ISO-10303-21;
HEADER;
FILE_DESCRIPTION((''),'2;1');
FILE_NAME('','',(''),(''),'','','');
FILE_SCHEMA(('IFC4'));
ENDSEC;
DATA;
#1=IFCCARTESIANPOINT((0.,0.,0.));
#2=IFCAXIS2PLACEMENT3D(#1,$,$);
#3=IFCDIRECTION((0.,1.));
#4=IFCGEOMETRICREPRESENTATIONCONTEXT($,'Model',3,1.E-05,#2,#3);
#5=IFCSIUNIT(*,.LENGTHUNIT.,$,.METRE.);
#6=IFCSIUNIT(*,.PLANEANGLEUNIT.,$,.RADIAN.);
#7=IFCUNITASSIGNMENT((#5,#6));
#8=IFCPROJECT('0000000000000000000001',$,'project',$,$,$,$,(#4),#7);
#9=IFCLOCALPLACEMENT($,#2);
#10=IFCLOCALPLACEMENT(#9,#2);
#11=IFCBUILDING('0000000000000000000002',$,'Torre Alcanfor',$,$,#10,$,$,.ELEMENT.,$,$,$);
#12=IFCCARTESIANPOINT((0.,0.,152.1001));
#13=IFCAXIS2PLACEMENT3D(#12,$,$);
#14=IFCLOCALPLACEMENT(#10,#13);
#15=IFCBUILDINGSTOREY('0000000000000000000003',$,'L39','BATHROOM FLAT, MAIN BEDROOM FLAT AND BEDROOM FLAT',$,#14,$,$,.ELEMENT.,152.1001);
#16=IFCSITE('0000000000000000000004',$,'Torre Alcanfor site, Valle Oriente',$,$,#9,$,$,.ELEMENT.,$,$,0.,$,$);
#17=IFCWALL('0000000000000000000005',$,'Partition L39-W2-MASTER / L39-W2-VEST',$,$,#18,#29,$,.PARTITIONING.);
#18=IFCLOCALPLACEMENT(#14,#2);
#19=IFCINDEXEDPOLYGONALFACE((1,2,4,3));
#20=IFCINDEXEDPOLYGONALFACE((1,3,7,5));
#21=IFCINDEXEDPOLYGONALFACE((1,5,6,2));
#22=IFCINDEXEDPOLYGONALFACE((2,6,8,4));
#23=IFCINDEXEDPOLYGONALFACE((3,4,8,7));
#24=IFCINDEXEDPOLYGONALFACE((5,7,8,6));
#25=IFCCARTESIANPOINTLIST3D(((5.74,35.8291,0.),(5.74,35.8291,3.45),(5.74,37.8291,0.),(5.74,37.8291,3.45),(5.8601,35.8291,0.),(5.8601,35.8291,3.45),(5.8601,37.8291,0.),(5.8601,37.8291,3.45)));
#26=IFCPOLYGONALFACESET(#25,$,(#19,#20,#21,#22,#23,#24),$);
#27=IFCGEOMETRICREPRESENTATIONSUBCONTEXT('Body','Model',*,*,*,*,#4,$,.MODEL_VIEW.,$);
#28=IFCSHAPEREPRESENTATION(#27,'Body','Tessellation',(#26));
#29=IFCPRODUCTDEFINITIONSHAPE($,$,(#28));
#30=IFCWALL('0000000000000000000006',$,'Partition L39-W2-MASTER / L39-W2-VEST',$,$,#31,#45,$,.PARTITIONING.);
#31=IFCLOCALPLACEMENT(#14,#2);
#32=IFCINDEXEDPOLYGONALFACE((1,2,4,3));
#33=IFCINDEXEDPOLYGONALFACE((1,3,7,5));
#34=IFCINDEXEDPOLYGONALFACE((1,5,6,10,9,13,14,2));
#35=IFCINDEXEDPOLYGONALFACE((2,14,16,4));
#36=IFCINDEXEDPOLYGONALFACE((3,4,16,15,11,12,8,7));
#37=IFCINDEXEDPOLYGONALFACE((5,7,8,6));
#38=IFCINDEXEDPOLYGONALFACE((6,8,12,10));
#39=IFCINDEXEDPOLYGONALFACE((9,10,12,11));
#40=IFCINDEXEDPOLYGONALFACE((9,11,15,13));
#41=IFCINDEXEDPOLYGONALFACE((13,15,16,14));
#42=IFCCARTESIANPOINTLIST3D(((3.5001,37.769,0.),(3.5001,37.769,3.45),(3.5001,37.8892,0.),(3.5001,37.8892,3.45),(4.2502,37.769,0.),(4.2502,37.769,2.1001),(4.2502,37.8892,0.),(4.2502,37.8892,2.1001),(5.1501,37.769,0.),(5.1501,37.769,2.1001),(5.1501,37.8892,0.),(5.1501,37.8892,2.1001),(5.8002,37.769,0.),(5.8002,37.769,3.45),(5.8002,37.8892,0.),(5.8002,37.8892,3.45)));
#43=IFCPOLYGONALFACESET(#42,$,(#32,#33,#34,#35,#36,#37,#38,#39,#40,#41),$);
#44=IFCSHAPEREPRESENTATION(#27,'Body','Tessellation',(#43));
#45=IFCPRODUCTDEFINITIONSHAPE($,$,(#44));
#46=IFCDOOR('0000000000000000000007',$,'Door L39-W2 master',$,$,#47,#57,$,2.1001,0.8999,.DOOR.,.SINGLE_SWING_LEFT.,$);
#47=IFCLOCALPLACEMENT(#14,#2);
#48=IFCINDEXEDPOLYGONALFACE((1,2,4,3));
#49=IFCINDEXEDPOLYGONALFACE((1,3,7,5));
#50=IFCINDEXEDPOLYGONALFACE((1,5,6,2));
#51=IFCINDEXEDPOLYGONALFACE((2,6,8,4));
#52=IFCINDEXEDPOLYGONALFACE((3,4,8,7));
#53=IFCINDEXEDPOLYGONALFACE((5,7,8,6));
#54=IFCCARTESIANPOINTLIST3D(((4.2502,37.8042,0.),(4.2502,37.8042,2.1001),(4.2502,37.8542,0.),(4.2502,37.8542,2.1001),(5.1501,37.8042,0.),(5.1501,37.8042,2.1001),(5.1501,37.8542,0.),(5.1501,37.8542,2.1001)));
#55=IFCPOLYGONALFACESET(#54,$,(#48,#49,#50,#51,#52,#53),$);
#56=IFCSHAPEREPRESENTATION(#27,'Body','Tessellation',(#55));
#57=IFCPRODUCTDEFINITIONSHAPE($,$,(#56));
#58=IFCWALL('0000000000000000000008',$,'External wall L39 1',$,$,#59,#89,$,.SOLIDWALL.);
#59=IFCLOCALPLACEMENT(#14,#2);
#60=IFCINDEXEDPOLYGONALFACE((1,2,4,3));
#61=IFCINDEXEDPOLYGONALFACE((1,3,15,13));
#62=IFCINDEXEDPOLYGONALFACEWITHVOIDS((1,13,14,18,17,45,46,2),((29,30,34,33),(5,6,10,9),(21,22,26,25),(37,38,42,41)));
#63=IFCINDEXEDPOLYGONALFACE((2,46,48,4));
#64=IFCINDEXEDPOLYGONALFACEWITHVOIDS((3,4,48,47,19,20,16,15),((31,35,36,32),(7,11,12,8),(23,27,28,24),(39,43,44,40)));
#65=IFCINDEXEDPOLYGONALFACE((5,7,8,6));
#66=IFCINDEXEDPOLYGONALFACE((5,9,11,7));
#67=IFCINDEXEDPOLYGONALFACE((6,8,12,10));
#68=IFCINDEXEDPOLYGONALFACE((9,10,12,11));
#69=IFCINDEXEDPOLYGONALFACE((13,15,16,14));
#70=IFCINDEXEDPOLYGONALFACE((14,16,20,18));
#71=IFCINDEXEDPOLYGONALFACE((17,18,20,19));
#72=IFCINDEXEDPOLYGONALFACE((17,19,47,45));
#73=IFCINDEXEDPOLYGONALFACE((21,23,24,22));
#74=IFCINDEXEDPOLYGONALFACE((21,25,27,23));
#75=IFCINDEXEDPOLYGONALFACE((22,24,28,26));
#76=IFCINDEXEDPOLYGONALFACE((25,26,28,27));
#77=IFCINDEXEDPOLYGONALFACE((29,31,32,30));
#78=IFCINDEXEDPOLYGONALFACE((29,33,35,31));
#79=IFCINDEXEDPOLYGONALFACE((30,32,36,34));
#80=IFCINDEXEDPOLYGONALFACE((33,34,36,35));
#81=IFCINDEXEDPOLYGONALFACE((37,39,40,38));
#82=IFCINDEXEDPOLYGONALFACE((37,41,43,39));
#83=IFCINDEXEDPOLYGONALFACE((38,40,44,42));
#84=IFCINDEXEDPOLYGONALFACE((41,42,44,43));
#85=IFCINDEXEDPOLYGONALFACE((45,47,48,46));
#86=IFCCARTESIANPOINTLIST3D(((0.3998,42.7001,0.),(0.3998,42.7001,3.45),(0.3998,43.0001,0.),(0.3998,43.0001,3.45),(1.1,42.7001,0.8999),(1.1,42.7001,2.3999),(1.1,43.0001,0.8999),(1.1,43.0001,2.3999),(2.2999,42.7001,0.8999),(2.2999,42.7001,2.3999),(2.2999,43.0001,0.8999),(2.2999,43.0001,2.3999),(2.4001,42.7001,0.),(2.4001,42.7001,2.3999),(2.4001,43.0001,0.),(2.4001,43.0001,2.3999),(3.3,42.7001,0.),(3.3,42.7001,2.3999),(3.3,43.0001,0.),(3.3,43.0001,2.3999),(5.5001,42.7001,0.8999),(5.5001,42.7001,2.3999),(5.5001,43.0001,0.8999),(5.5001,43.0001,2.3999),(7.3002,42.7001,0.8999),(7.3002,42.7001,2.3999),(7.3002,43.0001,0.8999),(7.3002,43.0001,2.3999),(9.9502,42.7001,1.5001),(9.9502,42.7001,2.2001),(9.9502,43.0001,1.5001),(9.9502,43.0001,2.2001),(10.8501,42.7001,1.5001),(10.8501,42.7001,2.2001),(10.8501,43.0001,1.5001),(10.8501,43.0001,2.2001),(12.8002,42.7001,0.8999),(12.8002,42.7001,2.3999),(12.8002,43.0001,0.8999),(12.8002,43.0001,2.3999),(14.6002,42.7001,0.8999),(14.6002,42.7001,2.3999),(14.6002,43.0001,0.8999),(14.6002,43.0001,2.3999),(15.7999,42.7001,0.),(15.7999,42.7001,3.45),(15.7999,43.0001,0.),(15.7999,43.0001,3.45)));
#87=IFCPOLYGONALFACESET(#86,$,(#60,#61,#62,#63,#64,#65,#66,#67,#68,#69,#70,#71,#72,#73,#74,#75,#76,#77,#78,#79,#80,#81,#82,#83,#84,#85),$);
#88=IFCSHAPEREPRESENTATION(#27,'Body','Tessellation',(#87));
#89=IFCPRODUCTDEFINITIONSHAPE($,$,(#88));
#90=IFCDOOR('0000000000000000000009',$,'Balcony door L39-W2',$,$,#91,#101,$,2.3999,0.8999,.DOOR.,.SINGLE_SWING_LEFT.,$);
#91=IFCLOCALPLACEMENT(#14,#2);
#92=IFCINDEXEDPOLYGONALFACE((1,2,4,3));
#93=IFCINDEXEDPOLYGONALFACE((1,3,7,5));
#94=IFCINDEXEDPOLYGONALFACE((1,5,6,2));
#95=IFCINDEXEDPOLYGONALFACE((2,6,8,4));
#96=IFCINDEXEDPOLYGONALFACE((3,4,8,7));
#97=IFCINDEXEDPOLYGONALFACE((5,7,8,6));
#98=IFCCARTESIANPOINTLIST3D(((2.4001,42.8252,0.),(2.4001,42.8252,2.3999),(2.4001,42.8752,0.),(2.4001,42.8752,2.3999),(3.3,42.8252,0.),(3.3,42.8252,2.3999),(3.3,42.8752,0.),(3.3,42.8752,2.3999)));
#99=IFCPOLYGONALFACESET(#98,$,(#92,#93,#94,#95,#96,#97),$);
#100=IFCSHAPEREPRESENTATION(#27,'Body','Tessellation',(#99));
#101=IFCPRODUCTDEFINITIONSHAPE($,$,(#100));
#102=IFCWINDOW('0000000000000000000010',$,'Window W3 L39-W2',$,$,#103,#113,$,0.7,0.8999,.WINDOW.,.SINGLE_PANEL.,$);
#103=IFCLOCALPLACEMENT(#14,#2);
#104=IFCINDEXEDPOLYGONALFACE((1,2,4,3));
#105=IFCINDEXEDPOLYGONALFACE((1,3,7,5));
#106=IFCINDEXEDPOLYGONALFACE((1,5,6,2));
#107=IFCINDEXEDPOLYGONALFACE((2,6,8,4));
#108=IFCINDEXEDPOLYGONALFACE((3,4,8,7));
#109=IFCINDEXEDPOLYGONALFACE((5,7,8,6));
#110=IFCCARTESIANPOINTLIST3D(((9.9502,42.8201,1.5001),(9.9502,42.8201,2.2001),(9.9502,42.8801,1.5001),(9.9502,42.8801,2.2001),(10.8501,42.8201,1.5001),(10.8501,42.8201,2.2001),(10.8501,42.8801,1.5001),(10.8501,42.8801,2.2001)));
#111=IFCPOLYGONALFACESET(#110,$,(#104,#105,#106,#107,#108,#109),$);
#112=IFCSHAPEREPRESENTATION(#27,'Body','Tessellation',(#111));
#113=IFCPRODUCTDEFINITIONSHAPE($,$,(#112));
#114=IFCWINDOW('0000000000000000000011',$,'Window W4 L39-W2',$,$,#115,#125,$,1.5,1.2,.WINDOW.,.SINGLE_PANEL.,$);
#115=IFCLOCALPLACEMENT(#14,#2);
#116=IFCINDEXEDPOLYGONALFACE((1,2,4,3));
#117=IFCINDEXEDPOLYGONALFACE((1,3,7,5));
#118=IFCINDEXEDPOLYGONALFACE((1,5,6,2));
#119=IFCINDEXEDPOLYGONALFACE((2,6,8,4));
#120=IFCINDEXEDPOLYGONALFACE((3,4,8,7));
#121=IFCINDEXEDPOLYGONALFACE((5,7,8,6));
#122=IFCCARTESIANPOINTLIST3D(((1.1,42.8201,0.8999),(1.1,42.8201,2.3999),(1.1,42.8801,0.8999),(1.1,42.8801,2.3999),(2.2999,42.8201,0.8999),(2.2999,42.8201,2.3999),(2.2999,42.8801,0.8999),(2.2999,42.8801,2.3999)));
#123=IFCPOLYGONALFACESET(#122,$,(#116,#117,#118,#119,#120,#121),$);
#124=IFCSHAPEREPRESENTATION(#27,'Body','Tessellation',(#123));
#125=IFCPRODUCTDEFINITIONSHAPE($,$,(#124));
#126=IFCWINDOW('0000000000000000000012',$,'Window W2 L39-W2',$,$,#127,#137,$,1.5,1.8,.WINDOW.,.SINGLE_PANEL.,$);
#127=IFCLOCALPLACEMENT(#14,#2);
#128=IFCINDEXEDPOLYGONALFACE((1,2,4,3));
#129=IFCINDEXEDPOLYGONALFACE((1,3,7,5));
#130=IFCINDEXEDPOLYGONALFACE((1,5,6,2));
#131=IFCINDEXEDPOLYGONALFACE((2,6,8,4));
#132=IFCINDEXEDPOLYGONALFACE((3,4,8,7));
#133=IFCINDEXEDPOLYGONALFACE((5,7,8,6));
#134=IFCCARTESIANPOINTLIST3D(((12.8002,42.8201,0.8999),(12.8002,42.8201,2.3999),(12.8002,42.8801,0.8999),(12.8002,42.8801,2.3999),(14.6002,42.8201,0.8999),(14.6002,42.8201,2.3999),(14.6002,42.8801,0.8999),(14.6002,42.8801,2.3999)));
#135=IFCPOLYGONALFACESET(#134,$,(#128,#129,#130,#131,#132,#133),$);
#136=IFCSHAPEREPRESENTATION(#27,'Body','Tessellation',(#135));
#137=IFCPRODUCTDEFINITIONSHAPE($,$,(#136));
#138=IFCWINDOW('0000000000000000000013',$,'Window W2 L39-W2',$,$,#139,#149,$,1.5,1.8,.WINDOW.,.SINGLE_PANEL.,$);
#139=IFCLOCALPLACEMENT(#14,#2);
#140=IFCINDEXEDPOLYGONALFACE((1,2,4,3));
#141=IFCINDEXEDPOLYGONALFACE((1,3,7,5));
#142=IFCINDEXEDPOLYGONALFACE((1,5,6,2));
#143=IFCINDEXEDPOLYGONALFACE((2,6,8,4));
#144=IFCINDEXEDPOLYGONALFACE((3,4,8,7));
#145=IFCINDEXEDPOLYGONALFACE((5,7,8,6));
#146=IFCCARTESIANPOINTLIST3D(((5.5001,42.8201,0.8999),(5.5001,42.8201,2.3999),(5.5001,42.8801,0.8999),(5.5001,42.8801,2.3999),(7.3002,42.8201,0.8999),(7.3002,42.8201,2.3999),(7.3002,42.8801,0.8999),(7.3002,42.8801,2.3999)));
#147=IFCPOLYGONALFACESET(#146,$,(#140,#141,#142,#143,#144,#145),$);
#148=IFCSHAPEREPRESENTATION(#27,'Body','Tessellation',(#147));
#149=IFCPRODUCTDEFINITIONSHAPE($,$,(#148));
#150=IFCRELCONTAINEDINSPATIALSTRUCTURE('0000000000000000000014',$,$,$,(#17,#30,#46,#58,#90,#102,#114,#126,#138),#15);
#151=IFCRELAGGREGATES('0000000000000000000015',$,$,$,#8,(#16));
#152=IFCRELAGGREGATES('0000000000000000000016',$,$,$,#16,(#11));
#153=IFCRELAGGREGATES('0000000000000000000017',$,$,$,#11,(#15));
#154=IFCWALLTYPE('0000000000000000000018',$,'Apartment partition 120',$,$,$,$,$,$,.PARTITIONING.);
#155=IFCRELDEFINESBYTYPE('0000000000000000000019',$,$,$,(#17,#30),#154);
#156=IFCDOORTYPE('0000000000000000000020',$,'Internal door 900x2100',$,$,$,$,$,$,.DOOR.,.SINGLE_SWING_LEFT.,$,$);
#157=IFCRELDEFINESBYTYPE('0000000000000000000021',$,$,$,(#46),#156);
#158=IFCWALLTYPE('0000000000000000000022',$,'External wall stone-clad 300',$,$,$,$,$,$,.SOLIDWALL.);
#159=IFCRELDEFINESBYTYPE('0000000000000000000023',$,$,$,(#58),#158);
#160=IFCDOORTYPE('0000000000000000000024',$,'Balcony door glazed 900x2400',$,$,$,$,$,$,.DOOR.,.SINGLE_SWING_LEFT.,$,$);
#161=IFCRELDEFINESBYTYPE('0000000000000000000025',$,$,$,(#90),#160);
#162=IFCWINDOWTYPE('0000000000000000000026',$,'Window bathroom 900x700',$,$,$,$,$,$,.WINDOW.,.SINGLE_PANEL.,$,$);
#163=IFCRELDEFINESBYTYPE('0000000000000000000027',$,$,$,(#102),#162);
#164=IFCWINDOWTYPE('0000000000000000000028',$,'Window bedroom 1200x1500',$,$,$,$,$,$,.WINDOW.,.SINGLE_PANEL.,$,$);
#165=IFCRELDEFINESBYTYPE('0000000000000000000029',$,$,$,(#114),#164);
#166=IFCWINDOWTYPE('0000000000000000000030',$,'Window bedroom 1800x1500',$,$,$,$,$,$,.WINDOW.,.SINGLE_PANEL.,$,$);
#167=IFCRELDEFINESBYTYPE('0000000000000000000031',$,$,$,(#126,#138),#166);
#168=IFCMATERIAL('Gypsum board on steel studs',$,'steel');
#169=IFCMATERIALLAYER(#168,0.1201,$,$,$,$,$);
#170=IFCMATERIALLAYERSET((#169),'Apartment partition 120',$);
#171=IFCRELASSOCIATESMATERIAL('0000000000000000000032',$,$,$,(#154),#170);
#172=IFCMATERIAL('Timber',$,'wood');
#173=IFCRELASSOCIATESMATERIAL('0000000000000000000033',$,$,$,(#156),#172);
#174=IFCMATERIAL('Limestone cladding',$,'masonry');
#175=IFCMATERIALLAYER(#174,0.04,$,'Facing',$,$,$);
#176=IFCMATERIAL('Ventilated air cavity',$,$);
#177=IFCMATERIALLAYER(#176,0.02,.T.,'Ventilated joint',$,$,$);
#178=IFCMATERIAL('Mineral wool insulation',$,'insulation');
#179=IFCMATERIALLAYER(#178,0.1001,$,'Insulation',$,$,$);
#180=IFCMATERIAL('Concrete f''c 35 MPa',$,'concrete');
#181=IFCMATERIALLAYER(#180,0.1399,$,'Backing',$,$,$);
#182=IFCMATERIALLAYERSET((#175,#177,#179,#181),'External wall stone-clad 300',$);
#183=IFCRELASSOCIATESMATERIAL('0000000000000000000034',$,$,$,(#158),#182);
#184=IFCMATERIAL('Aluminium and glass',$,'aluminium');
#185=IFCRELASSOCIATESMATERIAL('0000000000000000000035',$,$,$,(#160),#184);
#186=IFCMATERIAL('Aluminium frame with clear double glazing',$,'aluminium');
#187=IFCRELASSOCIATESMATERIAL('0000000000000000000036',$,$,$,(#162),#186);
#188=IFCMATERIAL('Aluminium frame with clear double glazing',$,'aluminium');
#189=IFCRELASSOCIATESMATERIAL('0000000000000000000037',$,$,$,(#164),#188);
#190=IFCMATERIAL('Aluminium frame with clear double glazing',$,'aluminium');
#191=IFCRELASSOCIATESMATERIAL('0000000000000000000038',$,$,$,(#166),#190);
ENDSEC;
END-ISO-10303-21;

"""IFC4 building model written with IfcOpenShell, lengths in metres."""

from ifc_helpers import new_model, si_unit, direction, frame, frame_2d, origin, place, context, subcontext, project, spatial, rectangle, extrude, material, layer, layer_set, type_object, element, fill, save


model = new_model("IFC4")

# Units and contexts
model_context = context("Model", 3, precision=1e-05, world=origin(), true_north=direction((0.0, 1.0)))
body_context = subcontext(model_context, "Body", "Model", "MODEL_VIEW")
ifc_project = project(units=[si_unit("LENGTHUNIT", "METRE"), si_unit("PLANEANGLEUNIT", "RADIAN")], contexts=[model_context])

# Site, building, storey
site_placement = place(None, origin())
site = spatial("IfcSite", under=ifc_project, at=site_placement, Name="Torre Alcanfor site, Valle Oriente", CompositionType="ELEMENT", RefElevation=0.0)
building_placement = place(site_placement, origin())
building = spatial("IfcBuilding", under=site, at=building_placement, Name="Torre Alcanfor", CompositionType="ELEMENT")
storey_placement = place(building_placement, frame((0.0, 0.0, 152.1001)))
storey = spatial("IfcBuildingStorey", under=building, at=storey_placement, Name="L39", Description="BATHROOM FLAT, MAIN BEDROOM FLAT AND BEDROOM FLAT", CompositionType="ELEMENT", Elevation=152.1001)

# Shared definitions
ifc_material_1 = material(Name="Gypsum board on steel studs", Category="steel")
ifc_layer_1 = layer(ifc_material_1, 0.1201)
ifc_layer_set_1 = layer_set([ifc_layer_1], Name="Apartment partition 120")
wall_type_1 = type_object("IfcWallType", Name="Apartment partition 120", PredefinedType="PARTITIONING", material=ifc_layer_set_1)
ifc_material_2 = material(Name="Timber", Category="wood")
door_type_1 = type_object("IfcDoorType", Name="Internal door 900x2100", OperationType="SINGLE_SWING_LEFT", PredefinedType="DOOR", material=ifc_material_2)

# Wall
wall_1_placement = place(storey_placement, frame((5.8, 35.8291, 0.0), z_axis=(0.0, 0.0, 1.0), x_axis=(0.0, 1.0, 0.0)))
element("IfcWall", 1, at=wall_1_placement, inside=storey, type_object=wall_type_1, Name="Partition L39-W2-MASTER / L39-W2-VEST", PredefinedType="PARTITIONING", context=body_context, shape_type="SweptSolid", body=[
    extrude(rectangle(XDim=2.0, YDim=0.1201, at=frame_2d((1.0, 0.0))), origin(), (0.0, 0.0, 1.0), 3.45),
])

# Wall, opening, door
wall_2_placement = place(storey_placement, frame((5.8, 37.8291, 0.0), z_axis=(0.0, 0.0, 1.0), x_axis=(-1.0, 0.0, 0.0)))
wall_2 = element("IfcWall", 2, at=wall_2_placement, inside=storey, type_object=wall_type_1, Name="Partition L39-W2-MASTER / L39-W2-VEST", PredefinedType="PARTITIONING", context=body_context, shape_type="SweptSolid", body=[
    extrude(rectangle(XDim=2.3, YDim=0.1201, at=frame_2d((1.1499, 0.0))), origin(), (0.0, 0.0, 1.0), 3.45),
])
opening_1_placement = place(wall_2_placement, frame((0.6499, 0.0, 0.0)))
opening_1 = element("IfcOpeningElement", 3, at=opening_1_placement, cuts=wall_2, PredefinedType="OPENING", context=body_context, shape_type="SweptSolid", body=[
    extrude(rectangle(XDim=0.8999, YDim=2.1001, at=frame_2d((0.45, 1.05))), frame((0.0, 0.0701, 0.0), z_axis=(0.0, -1.0, 0.0), x_axis=(1.0, 0.0, 0.0)), (0.0, 0.0, 1.0), 0.1401),
])
door_1_placement = place(opening_1_placement, origin())
door_1 = element("IfcDoor", 4, at=door_1_placement, inside=storey, type_object=door_type_1, Name="Door L39-W2 master", OperationType="SINGLE_SWING_LEFT", OverallHeight=2.1001, OverallWidth=0.8999, PredefinedType="DOOR", context=body_context, shape_type="SweptSolid", body=[
    extrude(rectangle(XDim=0.8999, YDim=2.1001, at=frame_2d((0.45, 1.05))), frame((0.0, 0.0249, 0.0), z_axis=(0.0, -1.0, 0.0), x_axis=(1.0, 0.0, 0.0)), (0.0, 0.0, 1.0), 0.05),
])
fill(opening_1, door_1)

# Wall, openings, door, windows
ifc_material_3 = material(Name="Limestone cladding", Category="masonry")
ifc_layer_2 = layer(ifc_material_3, 0.04, Name="Facing")
ifc_material_4 = material(Name="Ventilated air cavity")
ifc_layer_3 = layer(ifc_material_4, 0.02, ventilated=True, Name="Ventilated joint")
ifc_material_5 = material(Name="Mineral wool insulation", Category="insulation")
ifc_layer_4 = layer(ifc_material_5, 0.1001, Name="Insulation")
ifc_material_6 = material(Name="Concrete f'c 35 MPa", Category="concrete")
ifc_layer_5 = layer(ifc_material_6, 0.1399, Name="Backing")
ifc_layer_set_2 = layer_set([ifc_layer_2, ifc_layer_3, ifc_layer_4, ifc_layer_5], Name="External wall stone-clad 300")
wall_type_2 = type_object("IfcWallType", Name="External wall stone-clad 300", PredefinedType="SOLIDWALL", material=ifc_layer_set_2)
wall_3_placement = place(storey_placement, frame((15.8, 42.8501, 0.0), z_axis=(0.0, 0.0, 1.0), x_axis=(-1.0, 0.0, 0.0)))
wall_3 = element("IfcWall", 5, at=wall_3_placement, inside=storey, type_object=wall_type_2, Name="External wall L39 1", PredefinedType="SOLIDWALL", context=body_context, shape_type="SweptSolid", body=[
    extrude(rectangle(XDim=15.4001, YDim=0.3, at=frame_2d((7.7002, 0.0))), origin(), (0.0, 0.0, 1.0), 3.45),
])
opening_2_placement = place(wall_3_placement, frame((1.2, 0.0, 0.8999)))
opening_2 = element("IfcOpeningElement", 6, at=opening_2_placement, cuts=wall_3, PredefinedType="OPENING", context=body_context, shape_type="SweptSolid", body=[
    extrude(rectangle(XDim=1.8, YDim=1.5, at=frame_2d((0.8999, 0.75))), frame((0.0, 0.1599, 0.0), z_axis=(0.0, -1.0, 0.0), x_axis=(1.0, 0.0, 0.0)), (0.0, 0.0, 1.0), 0.3201),
])
opening_3_placement = place(wall_3_placement, frame((4.95, 0.0, 1.5)))
opening_3 = element("IfcOpeningElement", 7, at=opening_3_placement, cuts=wall_3, PredefinedType="OPENING", context=body_context, shape_type="SweptSolid", body=[
    extrude(rectangle(XDim=0.8999, YDim=0.7, at=frame_2d((0.45, 0.3501))), frame((0.0, 0.1599, 0.0), z_axis=(0.0, -1.0, 0.0), x_axis=(1.0, 0.0, 0.0)), (0.0, 0.0, 1.0), 0.3201),
])
opening_4_placement = place(wall_3_placement, frame((8.5, 0.0, 0.8999)))
opening_4 = element("IfcOpeningElement", 8, at=opening_4_placement, cuts=wall_3, PredefinedType="OPENING", context=body_context, shape_type="SweptSolid", body=[
    extrude(rectangle(XDim=1.8, YDim=1.5, at=frame_2d((0.8999, 0.75))), frame((0.0, 0.1599, 0.0), z_axis=(0.0, -1.0, 0.0), x_axis=(1.0, 0.0, 0.0)), (0.0, 0.0, 1.0), 0.3201),
])
opening_5_placement = place(wall_3_placement, frame((12.5, 0.0, 0.0)))
opening_5 = element("IfcOpeningElement", 9, at=opening_5_placement, cuts=wall_3, PredefinedType="OPENING", context=body_context, shape_type="SweptSolid", body=[
    extrude(rectangle(XDim=0.8999, YDim=2.3999, at=frame_2d((0.45, 1.2))), frame((0.0, 0.1599, 0.0), z_axis=(0.0, -1.0, 0.0), x_axis=(1.0, 0.0, 0.0)), (0.0, 0.0, 1.0), 0.3201),
])
opening_6_placement = place(wall_3_placement, frame((13.5, 0.0, 0.8999)))
opening_6 = element("IfcOpeningElement", 10, at=opening_6_placement, cuts=wall_3, PredefinedType="OPENING", context=body_context, shape_type="SweptSolid", body=[
    extrude(rectangle(XDim=1.2, YDim=1.5, at=frame_2d((0.6001, 0.75))), frame((0.0, 0.1599, 0.0), z_axis=(0.0, -1.0, 0.0), x_axis=(1.0, 0.0, 0.0)), (0.0, 0.0, 1.0), 0.3201),
])
ifc_material_7 = material(Name="Aluminium and glass", Category="aluminium")
door_type_2 = type_object("IfcDoorType", Name="Balcony door glazed 900x2400", OperationType="SINGLE_SWING_LEFT", PredefinedType="DOOR", material=ifc_material_7)
door_2_placement = place(opening_5_placement, origin())
door_2 = element("IfcDoor", 11, at=door_2_placement, inside=storey, type_object=door_type_2, Name="Balcony door L39-W2", OperationType="SINGLE_SWING_LEFT", OverallHeight=2.3999, OverallWidth=0.8999, PredefinedType="DOOR", context=body_context, shape_type="SweptSolid", body=[
    extrude(rectangle(XDim=0.8999, YDim=2.3999, at=frame_2d((0.45, 1.2))), frame((0.0, 0.0249, 0.0), z_axis=(0.0, -1.0, 0.0), x_axis=(1.0, 0.0, 0.0)), (0.0, 0.0, 1.0), 0.05),
])
fill(opening_5, door_2)
ifc_material_8 = material(Name="Aluminium frame with clear double glazing", Category="aluminium")
window_type_1 = type_object("IfcWindowType", Name="Window bathroom 900x700", PartitioningType="SINGLE_PANEL", PredefinedType="WINDOW", material=ifc_material_8)
window_1_placement = place(opening_3_placement, origin())
window_1 = element("IfcWindow", 12, at=window_1_placement, inside=storey, type_object=window_type_1, Name="Window W3 L39-W2", OverallHeight=0.7, OverallWidth=0.8999, PartitioningType="SINGLE_PANEL", PredefinedType="WINDOW", context=body_context, shape_type="SweptSolid", body=[
    extrude(rectangle(XDim=0.8999, YDim=0.7, at=frame_2d((0.45, 0.3501))), frame((0.0, 0.03, 0.0), z_axis=(0.0, -1.0, 0.0), x_axis=(1.0, 0.0, 0.0)), (0.0, 0.0, 1.0), 0.0601),
])
fill(opening_3, window_1)
ifc_material_9 = material(Name="Aluminium frame with clear double glazing", Category="aluminium")
window_type_2 = type_object("IfcWindowType", Name="Window bedroom 1200x1500", PartitioningType="SINGLE_PANEL", PredefinedType="WINDOW", material=ifc_material_9)
window_2_placement = place(opening_6_placement, origin())
window_2 = element("IfcWindow", 13, at=window_2_placement, inside=storey, type_object=window_type_2, Name="Window W4 L39-W2", OverallHeight=1.5, OverallWidth=1.2, PartitioningType="SINGLE_PANEL", PredefinedType="WINDOW", context=body_context, shape_type="SweptSolid", body=[
    extrude(rectangle(XDim=1.2, YDim=1.5, at=frame_2d((0.6001, 0.75))), frame((0.0, 0.03, 0.0), z_axis=(0.0, -1.0, 0.0), x_axis=(1.0, 0.0, 0.0)), (0.0, 0.0, 1.0), 0.0601),
])
fill(opening_6, window_2)
ifc_material_10 = material(Name="Aluminium frame with clear double glazing", Category="aluminium")
window_type_3 = type_object("IfcWindowType", Name="Window bedroom 1800x1500", PartitioningType="SINGLE_PANEL", PredefinedType="WINDOW", material=ifc_material_10)
window_3_placement = place(opening_2_placement, origin())
window_3 = element("IfcWindow", 14, at=window_3_placement, inside=storey, type_object=window_type_3, Name="Window W2 L39-W2", OverallHeight=1.5, OverallWidth=1.8, PartitioningType="SINGLE_PANEL", PredefinedType="WINDOW", context=body_context, shape_type="SweptSolid", body=[
    extrude(rectangle(XDim=1.8, YDim=1.5, at=frame_2d((0.8999, 0.75))), frame((0.0, 0.03, 0.0), z_axis=(0.0, -1.0, 0.0), x_axis=(1.0, 0.0, 0.0)), (0.0, 0.0, 1.0), 0.0601),
])
fill(opening_2, window_3)
window_4_placement = place(opening_4_placement, origin())
window_4 = element("IfcWindow", 15, at=window_4_placement, inside=storey, type_object=window_type_3, Name="Window W2 L39-W2", OverallHeight=1.5, OverallWidth=1.8, PartitioningType="SINGLE_PANEL", PredefinedType="WINDOW", context=body_context, shape_type="SweptSolid", body=[
    extrude(rectangle(XDim=1.8, YDim=1.5, at=frame_2d((0.8999, 0.75))), frame((0.0, 0.03, 0.0), z_axis=(0.0, -1.0, 0.0), x_axis=(1.0, 0.0, 0.0)), (0.0, 0.0, 1.0), 0.0601),
])
fill(opening_4, window_4)

save(model, "model.ifc")
